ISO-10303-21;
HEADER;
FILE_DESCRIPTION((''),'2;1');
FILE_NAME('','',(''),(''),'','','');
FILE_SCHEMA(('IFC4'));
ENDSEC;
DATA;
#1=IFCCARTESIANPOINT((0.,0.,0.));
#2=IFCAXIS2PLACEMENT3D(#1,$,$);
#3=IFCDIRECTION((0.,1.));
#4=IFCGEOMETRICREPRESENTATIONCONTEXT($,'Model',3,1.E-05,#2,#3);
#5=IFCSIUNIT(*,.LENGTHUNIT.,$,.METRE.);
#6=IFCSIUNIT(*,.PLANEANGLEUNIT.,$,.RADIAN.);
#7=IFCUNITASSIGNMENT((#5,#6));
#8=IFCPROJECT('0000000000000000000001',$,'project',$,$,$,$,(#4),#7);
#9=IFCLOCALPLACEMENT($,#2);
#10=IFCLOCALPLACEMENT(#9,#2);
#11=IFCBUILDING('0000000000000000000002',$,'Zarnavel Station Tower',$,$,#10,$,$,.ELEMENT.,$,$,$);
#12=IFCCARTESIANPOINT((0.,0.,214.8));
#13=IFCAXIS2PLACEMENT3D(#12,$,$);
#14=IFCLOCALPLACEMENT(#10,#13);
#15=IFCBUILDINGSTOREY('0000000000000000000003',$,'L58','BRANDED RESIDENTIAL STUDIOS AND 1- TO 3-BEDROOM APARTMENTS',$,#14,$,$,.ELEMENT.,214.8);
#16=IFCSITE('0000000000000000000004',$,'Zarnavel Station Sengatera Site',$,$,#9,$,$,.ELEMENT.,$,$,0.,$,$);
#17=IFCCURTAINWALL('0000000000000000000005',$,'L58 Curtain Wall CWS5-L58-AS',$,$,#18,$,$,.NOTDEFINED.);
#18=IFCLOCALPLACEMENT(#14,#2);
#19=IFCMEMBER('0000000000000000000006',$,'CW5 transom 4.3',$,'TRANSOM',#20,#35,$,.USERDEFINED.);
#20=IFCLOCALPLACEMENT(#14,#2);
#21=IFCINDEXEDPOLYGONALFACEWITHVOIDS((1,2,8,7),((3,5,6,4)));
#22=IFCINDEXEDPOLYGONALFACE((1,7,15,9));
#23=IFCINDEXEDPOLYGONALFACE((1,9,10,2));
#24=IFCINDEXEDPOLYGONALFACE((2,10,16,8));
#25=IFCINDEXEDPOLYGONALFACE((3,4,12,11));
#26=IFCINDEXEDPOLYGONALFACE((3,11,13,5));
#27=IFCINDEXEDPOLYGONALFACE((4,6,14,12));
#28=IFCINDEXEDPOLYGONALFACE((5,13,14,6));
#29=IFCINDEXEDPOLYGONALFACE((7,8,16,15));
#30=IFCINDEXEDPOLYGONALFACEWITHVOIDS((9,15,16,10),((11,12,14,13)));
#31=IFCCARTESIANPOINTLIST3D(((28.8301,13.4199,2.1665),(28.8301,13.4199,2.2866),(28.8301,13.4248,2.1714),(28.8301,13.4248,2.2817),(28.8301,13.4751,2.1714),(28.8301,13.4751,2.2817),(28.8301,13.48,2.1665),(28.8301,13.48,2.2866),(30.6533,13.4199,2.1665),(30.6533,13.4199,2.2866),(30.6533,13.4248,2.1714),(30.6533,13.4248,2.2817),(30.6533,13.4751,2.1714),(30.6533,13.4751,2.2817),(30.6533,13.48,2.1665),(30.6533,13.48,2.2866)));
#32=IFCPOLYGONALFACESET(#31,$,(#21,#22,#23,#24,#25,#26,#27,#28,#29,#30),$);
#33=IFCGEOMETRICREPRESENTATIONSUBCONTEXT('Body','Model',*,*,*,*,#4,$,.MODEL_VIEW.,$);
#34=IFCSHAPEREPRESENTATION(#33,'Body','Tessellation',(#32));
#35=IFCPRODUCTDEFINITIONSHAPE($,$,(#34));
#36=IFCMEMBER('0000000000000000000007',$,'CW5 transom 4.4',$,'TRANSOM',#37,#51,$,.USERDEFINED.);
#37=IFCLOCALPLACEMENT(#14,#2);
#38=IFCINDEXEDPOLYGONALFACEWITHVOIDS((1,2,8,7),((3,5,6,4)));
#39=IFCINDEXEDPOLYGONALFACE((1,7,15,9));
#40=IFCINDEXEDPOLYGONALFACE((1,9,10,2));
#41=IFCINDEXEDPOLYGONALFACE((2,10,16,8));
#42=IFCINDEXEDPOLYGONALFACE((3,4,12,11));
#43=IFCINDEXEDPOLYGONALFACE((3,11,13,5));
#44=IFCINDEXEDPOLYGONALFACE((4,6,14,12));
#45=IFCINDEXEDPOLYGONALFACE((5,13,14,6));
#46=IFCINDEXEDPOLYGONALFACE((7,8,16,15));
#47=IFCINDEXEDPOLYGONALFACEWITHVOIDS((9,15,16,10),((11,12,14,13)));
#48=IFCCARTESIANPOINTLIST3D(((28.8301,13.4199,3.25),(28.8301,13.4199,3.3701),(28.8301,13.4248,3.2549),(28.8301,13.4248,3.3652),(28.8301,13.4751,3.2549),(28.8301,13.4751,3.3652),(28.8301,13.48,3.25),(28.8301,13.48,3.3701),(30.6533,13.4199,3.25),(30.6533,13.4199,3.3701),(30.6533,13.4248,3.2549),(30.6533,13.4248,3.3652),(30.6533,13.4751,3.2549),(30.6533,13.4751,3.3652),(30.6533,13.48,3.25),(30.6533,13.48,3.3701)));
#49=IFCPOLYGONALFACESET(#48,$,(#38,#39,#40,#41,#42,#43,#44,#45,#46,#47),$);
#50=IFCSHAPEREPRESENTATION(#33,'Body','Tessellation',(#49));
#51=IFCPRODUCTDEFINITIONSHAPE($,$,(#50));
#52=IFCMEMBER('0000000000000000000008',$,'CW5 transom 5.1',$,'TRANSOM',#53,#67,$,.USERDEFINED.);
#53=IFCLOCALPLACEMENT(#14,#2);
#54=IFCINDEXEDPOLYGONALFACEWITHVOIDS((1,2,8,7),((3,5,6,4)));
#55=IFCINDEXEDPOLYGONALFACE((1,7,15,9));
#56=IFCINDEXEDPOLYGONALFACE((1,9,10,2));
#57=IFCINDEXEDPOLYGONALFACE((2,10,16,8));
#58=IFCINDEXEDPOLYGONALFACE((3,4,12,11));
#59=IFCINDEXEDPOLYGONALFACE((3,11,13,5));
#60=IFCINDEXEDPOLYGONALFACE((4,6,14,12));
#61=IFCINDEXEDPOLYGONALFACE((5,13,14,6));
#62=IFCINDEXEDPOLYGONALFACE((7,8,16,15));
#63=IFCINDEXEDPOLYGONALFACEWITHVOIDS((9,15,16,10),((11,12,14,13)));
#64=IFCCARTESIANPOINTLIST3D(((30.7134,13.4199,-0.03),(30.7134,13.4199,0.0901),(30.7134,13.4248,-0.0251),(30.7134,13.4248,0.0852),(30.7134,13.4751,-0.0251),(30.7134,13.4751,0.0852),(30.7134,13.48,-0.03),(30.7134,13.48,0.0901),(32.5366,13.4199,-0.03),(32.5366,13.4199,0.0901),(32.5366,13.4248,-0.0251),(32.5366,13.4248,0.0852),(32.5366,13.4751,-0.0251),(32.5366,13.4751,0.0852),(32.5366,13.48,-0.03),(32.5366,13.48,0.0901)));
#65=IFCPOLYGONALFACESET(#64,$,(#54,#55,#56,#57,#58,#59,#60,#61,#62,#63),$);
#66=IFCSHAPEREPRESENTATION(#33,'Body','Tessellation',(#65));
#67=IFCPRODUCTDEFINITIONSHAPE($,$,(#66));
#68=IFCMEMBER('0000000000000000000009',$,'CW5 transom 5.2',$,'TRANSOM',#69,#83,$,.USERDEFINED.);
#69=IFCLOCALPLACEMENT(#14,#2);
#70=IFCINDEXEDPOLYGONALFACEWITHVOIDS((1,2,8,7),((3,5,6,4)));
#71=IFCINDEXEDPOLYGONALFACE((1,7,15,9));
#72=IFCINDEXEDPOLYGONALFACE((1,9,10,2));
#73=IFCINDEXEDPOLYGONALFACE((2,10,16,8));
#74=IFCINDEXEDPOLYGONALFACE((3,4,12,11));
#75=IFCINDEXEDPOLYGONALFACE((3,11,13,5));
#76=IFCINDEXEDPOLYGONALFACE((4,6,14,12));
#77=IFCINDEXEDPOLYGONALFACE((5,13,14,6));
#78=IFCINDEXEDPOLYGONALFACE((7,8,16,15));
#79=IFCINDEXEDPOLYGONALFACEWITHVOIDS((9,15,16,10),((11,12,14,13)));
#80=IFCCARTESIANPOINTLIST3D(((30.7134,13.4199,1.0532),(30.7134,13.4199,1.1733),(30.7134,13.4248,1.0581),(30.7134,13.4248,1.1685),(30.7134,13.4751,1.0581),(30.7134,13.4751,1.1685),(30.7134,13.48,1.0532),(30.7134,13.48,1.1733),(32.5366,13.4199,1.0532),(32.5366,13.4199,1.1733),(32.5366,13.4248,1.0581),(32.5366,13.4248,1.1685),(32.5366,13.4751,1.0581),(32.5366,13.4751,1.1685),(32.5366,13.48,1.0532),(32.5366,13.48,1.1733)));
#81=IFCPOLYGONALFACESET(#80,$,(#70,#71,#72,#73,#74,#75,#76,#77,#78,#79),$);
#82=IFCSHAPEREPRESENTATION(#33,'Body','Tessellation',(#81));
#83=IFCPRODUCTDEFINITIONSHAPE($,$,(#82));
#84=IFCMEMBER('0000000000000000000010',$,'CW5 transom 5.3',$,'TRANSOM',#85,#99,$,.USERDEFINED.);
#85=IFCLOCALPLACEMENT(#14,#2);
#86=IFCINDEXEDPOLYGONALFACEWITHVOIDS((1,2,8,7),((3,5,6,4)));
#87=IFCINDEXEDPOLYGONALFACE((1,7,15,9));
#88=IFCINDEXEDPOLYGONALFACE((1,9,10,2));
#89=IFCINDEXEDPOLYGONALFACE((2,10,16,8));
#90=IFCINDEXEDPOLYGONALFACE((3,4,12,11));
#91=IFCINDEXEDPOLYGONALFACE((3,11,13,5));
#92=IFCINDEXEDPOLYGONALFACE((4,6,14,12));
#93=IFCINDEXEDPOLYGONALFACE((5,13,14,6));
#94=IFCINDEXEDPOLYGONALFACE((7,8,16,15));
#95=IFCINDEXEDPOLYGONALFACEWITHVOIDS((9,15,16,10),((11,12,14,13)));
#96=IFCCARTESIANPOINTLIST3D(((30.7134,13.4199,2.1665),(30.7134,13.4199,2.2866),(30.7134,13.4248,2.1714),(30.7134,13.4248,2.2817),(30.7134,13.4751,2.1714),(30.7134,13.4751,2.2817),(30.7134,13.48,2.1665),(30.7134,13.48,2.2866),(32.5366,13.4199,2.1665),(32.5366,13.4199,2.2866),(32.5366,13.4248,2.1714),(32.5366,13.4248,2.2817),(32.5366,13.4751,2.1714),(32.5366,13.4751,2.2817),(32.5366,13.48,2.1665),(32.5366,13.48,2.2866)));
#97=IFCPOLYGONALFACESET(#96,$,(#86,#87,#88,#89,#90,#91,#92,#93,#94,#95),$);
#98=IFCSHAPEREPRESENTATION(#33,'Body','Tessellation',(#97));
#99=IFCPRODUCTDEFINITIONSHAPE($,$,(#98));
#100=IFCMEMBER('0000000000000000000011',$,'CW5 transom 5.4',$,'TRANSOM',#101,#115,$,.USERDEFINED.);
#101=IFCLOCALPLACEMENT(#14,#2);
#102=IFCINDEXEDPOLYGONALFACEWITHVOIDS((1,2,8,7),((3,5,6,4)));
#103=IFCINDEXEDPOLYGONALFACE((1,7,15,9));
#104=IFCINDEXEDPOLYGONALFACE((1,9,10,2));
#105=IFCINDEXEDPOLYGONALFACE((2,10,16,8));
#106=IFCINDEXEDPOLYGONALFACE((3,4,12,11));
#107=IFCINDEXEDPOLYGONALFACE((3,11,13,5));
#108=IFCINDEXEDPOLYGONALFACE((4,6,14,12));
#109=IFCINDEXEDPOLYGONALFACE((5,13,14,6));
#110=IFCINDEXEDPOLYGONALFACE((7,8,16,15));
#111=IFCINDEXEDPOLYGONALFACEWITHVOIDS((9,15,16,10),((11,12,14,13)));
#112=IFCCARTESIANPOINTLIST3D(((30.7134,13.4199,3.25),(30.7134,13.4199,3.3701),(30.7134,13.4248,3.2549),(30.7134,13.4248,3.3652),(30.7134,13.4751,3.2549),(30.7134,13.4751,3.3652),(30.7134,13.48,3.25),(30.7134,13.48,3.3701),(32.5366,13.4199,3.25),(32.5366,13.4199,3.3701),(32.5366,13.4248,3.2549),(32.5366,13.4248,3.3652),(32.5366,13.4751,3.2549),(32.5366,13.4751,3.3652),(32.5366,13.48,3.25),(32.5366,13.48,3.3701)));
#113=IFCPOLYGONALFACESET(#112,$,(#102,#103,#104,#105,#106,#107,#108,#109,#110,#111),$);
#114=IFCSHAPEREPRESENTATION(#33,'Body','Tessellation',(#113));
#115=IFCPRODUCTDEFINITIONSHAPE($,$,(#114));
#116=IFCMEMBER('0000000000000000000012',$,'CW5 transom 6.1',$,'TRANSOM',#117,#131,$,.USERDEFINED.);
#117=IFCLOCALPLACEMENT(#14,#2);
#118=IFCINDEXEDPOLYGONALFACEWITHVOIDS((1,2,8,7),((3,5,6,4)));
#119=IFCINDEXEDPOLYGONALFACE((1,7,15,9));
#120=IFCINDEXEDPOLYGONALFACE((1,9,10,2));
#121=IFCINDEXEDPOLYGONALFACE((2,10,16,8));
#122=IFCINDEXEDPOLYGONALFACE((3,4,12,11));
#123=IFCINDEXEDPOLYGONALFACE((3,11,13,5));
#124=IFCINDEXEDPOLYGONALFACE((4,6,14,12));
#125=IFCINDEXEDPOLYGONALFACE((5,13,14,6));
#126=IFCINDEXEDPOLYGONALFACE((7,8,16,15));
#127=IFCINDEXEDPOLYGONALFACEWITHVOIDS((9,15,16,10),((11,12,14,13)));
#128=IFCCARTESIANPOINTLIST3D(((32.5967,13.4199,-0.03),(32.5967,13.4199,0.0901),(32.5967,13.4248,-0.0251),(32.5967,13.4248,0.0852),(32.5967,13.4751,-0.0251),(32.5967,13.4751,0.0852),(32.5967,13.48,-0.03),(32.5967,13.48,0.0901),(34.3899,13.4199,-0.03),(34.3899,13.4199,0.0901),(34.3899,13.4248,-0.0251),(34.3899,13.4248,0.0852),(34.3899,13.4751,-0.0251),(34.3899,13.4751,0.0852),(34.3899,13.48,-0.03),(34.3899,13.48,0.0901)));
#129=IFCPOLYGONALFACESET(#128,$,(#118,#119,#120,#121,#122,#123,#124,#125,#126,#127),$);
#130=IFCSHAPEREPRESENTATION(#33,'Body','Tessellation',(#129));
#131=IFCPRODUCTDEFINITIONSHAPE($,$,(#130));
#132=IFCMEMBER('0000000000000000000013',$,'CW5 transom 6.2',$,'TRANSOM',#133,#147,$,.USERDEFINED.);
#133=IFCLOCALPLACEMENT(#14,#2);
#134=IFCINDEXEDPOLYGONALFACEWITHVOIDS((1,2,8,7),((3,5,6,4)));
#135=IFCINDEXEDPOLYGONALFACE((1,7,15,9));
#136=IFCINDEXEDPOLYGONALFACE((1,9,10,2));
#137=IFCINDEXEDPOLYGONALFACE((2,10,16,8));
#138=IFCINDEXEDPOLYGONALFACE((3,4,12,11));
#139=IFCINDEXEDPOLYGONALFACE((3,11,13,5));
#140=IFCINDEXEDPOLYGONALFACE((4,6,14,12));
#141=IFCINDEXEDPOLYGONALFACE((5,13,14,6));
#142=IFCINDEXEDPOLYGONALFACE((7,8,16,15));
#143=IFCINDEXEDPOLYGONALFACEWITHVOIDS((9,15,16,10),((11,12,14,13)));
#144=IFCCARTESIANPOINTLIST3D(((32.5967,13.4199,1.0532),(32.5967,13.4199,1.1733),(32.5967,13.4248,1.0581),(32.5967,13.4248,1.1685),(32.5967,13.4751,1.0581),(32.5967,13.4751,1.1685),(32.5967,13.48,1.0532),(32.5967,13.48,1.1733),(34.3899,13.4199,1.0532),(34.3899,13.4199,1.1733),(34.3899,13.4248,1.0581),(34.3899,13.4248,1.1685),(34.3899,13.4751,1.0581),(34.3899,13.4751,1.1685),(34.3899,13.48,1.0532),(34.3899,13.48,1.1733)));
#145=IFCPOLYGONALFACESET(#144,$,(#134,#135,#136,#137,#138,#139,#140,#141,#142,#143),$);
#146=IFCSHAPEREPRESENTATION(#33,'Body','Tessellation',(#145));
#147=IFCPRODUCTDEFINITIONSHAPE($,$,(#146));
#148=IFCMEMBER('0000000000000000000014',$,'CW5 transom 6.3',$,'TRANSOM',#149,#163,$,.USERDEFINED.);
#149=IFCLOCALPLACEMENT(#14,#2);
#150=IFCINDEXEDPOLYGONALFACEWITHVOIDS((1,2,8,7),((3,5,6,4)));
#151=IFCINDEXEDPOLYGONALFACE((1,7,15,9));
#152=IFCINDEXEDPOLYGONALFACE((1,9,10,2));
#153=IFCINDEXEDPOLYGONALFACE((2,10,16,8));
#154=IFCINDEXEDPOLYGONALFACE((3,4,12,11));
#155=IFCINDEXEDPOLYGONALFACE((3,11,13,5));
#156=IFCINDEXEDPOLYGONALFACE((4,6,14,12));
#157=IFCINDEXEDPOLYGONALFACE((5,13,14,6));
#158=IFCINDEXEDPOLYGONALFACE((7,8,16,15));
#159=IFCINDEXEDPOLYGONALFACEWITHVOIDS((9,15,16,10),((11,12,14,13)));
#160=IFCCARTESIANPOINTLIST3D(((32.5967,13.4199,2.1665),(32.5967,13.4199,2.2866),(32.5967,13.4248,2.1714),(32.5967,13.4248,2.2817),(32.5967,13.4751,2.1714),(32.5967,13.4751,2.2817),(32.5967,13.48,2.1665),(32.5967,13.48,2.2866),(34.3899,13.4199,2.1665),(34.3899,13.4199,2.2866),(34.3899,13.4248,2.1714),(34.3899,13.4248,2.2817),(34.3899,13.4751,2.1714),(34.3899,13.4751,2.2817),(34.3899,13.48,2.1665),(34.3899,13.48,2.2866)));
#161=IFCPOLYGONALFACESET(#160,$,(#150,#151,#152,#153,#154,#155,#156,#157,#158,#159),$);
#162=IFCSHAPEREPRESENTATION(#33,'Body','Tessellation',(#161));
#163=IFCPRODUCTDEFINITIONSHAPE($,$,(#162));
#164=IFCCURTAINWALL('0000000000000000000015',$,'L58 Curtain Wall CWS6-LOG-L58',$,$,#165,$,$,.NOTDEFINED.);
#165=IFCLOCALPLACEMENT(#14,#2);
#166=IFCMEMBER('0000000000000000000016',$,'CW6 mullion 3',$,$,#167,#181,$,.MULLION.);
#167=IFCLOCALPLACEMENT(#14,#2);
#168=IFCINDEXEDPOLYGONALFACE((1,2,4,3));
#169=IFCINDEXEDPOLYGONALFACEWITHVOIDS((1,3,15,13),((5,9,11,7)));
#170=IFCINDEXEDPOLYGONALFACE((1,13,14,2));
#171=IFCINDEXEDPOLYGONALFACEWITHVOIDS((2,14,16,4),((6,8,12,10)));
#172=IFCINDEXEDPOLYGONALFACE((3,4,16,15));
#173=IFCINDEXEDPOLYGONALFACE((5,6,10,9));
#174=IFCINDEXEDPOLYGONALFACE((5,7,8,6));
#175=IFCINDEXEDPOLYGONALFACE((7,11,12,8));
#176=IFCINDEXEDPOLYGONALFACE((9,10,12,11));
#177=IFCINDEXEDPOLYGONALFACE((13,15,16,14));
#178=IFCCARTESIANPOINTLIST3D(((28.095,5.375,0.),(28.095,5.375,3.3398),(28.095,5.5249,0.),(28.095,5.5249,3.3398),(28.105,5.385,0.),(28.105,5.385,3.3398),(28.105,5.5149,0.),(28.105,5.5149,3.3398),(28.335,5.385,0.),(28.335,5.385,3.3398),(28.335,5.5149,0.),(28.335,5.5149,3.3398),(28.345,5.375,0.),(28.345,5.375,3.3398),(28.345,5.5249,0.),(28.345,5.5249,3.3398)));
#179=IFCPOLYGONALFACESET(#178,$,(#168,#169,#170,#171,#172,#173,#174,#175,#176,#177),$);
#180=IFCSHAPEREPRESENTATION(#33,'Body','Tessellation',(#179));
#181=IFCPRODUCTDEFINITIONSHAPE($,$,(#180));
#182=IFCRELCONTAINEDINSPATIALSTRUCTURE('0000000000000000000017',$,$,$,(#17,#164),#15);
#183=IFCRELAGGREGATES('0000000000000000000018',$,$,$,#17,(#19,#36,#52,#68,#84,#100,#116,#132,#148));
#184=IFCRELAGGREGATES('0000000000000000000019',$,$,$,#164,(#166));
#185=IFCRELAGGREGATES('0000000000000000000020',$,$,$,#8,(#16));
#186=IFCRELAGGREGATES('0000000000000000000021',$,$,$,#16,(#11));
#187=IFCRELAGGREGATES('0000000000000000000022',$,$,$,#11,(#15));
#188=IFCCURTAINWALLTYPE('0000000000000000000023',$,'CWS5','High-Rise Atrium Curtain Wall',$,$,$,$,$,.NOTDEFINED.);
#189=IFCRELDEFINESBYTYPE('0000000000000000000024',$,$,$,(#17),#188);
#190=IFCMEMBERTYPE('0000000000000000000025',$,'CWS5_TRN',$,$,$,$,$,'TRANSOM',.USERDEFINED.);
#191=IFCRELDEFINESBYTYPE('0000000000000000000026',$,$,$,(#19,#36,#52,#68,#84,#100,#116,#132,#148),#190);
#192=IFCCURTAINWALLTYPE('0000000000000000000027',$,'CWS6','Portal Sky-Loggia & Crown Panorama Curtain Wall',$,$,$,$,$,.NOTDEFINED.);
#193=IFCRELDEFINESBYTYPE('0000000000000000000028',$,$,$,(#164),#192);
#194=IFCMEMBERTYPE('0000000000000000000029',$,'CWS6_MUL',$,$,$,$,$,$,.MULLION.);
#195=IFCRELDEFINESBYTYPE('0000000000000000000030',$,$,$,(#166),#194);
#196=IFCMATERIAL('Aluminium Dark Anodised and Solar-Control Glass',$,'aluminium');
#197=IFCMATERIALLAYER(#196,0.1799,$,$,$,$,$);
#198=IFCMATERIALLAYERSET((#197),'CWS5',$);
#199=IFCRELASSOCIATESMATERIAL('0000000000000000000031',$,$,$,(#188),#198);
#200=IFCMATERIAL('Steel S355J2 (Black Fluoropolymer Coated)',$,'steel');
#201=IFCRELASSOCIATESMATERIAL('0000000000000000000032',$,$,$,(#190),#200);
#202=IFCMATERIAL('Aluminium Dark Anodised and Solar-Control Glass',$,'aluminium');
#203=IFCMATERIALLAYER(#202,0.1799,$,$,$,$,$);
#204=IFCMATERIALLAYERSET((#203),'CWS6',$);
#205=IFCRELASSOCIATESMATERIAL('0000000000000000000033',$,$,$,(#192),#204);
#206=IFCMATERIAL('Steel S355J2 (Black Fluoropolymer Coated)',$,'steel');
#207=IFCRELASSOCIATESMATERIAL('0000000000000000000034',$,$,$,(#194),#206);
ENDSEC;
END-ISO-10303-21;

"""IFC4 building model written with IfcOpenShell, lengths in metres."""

from ifc_helpers import new_model, si_unit, direction, frame, origin, origin_2d, place, context, subcontext, project, spatial, hollow_rectangle, extrude, material, layer, layer_set, material_profile, profile_set, type_object, element, aggregate, save


model = new_model("IFC4")

# Units and contexts
model_context = context("Model", 3, precision=1e-05, world=origin(), true_north=direction((0.0, 1.0)))
body_context = subcontext(model_context, "Body", "Model", "MODEL_VIEW")
ifc_project = project(units=[si_unit("LENGTHUNIT", "METRE"), si_unit("PLANEANGLEUNIT", "RADIAN")], contexts=[model_context])

# Site, building, storey
site_placement = place(None, origin())
site = spatial("IfcSite", under=ifc_project, at=site_placement, Name="Zarnavel Station Sengatera Site", CompositionType="ELEMENT", RefElevation=0.0)
building_placement = place(site_placement, origin())
building = spatial("IfcBuilding", under=site, at=building_placement, Name="Zarnavel Station Tower", CompositionType="ELEMENT")
storey_placement = place(building_placement, frame((0.0, 0.0, 214.8)))
storey = spatial("IfcBuildingStorey", under=building, at=storey_placement, Name="L58", Description="BRANDED RESIDENTIAL STUDIOS AND 1- TO 3-BEDROOM APARTMENTS", CompositionType="ELEMENT", Elevation=214.8)

# Curtain wall, members
ifc_material_1 = material(Name="Aluminium Dark Anodised and Solar-Control Glass", Category="aluminium")
ifc_layer_1 = layer(ifc_material_1, 0.1799)
ifc_layer_set_1 = layer_set([ifc_layer_1], Name="CWS5")
curtain_wall_type_1 = type_object("IfcCurtainWallType", Name="CWS5", Description="High-Rise Atrium Curtain Wall", PredefinedType="NOTDEFINED", material=ifc_layer_set_1)
curtain_wall_1_placement = place(storey_placement, origin())
curtain_wall_1 = element("IfcCurtainWall", 1, at=curtain_wall_1_placement, inside=storey, type_object=curtain_wall_type_1, Name="L58 Curtain Wall CWS5-L58-AS", PredefinedType="NOTDEFINED")
ifc_material_2 = material(Name="Steel S355J2 (Black Fluoropolymer Coated)", Category="steel")
ifc_material_profile_1 = material_profile(ifc_material_2, hollow_rectangle(XDim=0.0601, YDim=0.1201, WallThickness=0.0049, at=origin_2d()), Name="RHS120x60x5")
ifc_profile_set_1 = profile_set([ifc_material_profile_1], Name="Steel S355J2 (Black Fluoropolymer Coated)")
member_type_1 = type_object("IfcMemberType", Name="CWS5_TRN", ElementType="TRANSOM", PredefinedType="USERDEFINED", material=ifc_profile_set_1)
member_1_placement = place(storey_placement, frame((28.8301, 13.45, 2.2266), z_axis=(1.0, 0.0, 0.0), x_axis=(0.0, 1.0, 0.0)))
member_1 = element("IfcMember", 2, at=member_1_placement, type_object=member_type_1, Name="CW5 transom 4.3", ObjectType="TRANSOM", PredefinedType="USERDEFINED", context=body_context, shape_type="SweptSolid", body=[
    extrude(hollow_rectangle(XDim=0.0601, YDim=0.1201, WallThickness=0.0049, at=origin_2d()), origin(), (0.0, 0.0, 1.0), 1.8232),
])
member_2_placement = place(storey_placement, frame((28.8301, 13.45, 3.3101), z_axis=(1.0, 0.0, 0.0), x_axis=(0.0, 1.0, 0.0)))
member_2 = element("IfcMember", 3, at=member_2_placement, type_object=member_type_1, Name="CW5 transom 4.4", ObjectType="TRANSOM", PredefinedType="USERDEFINED", context=body_context, shape_type="SweptSolid", body=[
    extrude(hollow_rectangle(XDim=0.0601, YDim=0.1201, WallThickness=0.0049, at=origin_2d()), origin(), (0.0, 0.0, 1.0), 1.8232),
])
member_3_placement = place(storey_placement, frame((30.7134, 13.45, 0.03), z_axis=(1.0, 0.0, 0.0), x_axis=(0.0, 1.0, 0.0)))
member_3 = element("IfcMember", 4, at=member_3_placement, type_object=member_type_1, Name="CW5 transom 5.1", ObjectType="TRANSOM", PredefinedType="USERDEFINED", context=body_context, shape_type="SweptSolid", body=[
    extrude(hollow_rectangle(XDim=0.0601, YDim=0.1201, WallThickness=0.0049, at=origin_2d()), origin(), (0.0, 0.0, 1.0), 1.8232),
])
member_4_placement = place(storey_placement, frame((30.7134, 13.45, 1.1133), z_axis=(1.0, 0.0, 0.0), x_axis=(0.0, 1.0, 0.0)))
member_4 = element("IfcMember", 5, at=member_4_placement, type_object=member_type_1, Name="CW5 transom 5.2", ObjectType="TRANSOM", PredefinedType="USERDEFINED", context=body_context, shape_type="SweptSolid", body=[
    extrude(hollow_rectangle(XDim=0.0601, YDim=0.1201, WallThickness=0.0049, at=origin_2d()), origin(), (0.0, 0.0, 1.0), 1.8232),
])
member_5_placement = place(storey_placement, frame((30.7134, 13.45, 2.2266), z_axis=(1.0, 0.0, 0.0), x_axis=(0.0, 1.0, 0.0)))
member_5 = element("IfcMember", 6, at=member_5_placement, type_object=member_type_1, Name="CW5 transom 5.3", ObjectType="TRANSOM", PredefinedType="USERDEFINED", context=body_context, shape_type="SweptSolid", body=[
    extrude(hollow_rectangle(XDim=0.0601, YDim=0.1201, WallThickness=0.0049, at=origin_2d()), origin(), (0.0, 0.0, 1.0), 1.8232),
])
member_6_placement = place(storey_placement, frame((30.7134, 13.45, 3.3101), z_axis=(1.0, 0.0, 0.0), x_axis=(0.0, 1.0, 0.0)))
member_6 = element("IfcMember", 7, at=member_6_placement, type_object=member_type_1, Name="CW5 transom 5.4", ObjectType="TRANSOM", PredefinedType="USERDEFINED", context=body_context, shape_type="SweptSolid", body=[
    extrude(hollow_rectangle(XDim=0.0601, YDim=0.1201, WallThickness=0.0049, at=origin_2d()), origin(), (0.0, 0.0, 1.0), 1.8232),
])
member_7_placement = place(storey_placement, frame((32.5967, 13.45, 0.03), z_axis=(1.0, 0.0, 0.0), x_axis=(0.0, 1.0, 0.0)))
member_7 = element("IfcMember", 8, at=member_7_placement, type_object=member_type_1, Name="CW5 transom 6.1", ObjectType="TRANSOM", PredefinedType="USERDEFINED", context=body_context, shape_type="SweptSolid", body=[
    extrude(hollow_rectangle(XDim=0.0601, YDim=0.1201, WallThickness=0.0049, at=origin_2d()), origin(), (0.0, 0.0, 1.0), 1.7932),
])
member_8_placement = place(storey_placement, frame((32.5967, 13.45, 1.1133), z_axis=(1.0, 0.0, 0.0), x_axis=(0.0, 1.0, 0.0)))
member_8 = element("IfcMember", 9, at=member_8_placement, type_object=member_type_1, Name="CW5 transom 6.2", ObjectType="TRANSOM", PredefinedType="USERDEFINED", context=body_context, shape_type="SweptSolid", body=[
    extrude(hollow_rectangle(XDim=0.0601, YDim=0.1201, WallThickness=0.0049, at=origin_2d()), origin(), (0.0, 0.0, 1.0), 1.7932),
])
member_9_placement = place(storey_placement, frame((32.5967, 13.45, 2.2266), z_axis=(1.0, 0.0, 0.0), x_axis=(0.0, 1.0, 0.0)))
member_9 = element("IfcMember", 10, at=member_9_placement, type_object=member_type_1, Name="CW5 transom 6.3", ObjectType="TRANSOM", PredefinedType="USERDEFINED", context=body_context, shape_type="SweptSolid", body=[
    extrude(hollow_rectangle(XDim=0.0601, YDim=0.1201, WallThickness=0.0049, at=origin_2d()), origin(), (0.0, 0.0, 1.0), 1.7932),
])

# Curtain wall, member
ifc_material_3 = material(Name="Aluminium Dark Anodised and Solar-Control Glass", Category="aluminium")
ifc_layer_2 = layer(ifc_material_3, 0.1799)
ifc_layer_set_2 = layer_set([ifc_layer_2], Name="CWS6")
curtain_wall_type_2 = type_object("IfcCurtainWallType", Name="CWS6", Description="Portal Sky-Loggia & Crown Panorama Curtain Wall", PredefinedType="NOTDEFINED", material=ifc_layer_set_2)
curtain_wall_2_placement = place(storey_placement, origin())
curtain_wall_2 = element("IfcCurtainWall", 11, at=curtain_wall_2_placement, inside=storey, type_object=curtain_wall_type_2, Name="L58 Curtain Wall CWS6-LOG-L58", PredefinedType="NOTDEFINED")
ifc_material_4 = material(Name="Steel S355J2 (Black Fluoropolymer Coated)", Category="steel")
ifc_material_profile_2 = material_profile(ifc_material_4, hollow_rectangle(XDim=0.1499, YDim=0.25, WallThickness=0.01, at=origin_2d()), Name="RHS250x150x10")
ifc_profile_set_2 = profile_set([ifc_material_profile_2], Name="Steel S355J2 (Black Fluoropolymer Coated)")
member_type_2 = type_object("IfcMemberType", Name="CWS6_MUL", PredefinedType="MULLION", material=ifc_profile_set_2)
member_10_placement = place(storey_placement, frame((28.22, 5.45, 0.0), z_axis=(0.0, 0.0, 1.0), x_axis=(0.0, 1.0, 0.0)))
member_10 = element("IfcMember", 12, at=member_10_placement, type_object=member_type_2, Name="CW6 mullion 3", PredefinedType="MULLION", context=body_context, shape_type="SweptSolid", body=[
    extrude(hollow_rectangle(XDim=0.1499, YDim=0.25, WallThickness=0.01, at=origin_2d()), origin(), (0.0, 0.0, 1.0), 3.3398),
])

aggregate(curtain_wall_1, [member_1, member_2, member_3, member_4, member_5, member_6, member_7, member_8, member_9])
aggregate(curtain_wall_2, [member_10])

save(model, "model.ifc")
